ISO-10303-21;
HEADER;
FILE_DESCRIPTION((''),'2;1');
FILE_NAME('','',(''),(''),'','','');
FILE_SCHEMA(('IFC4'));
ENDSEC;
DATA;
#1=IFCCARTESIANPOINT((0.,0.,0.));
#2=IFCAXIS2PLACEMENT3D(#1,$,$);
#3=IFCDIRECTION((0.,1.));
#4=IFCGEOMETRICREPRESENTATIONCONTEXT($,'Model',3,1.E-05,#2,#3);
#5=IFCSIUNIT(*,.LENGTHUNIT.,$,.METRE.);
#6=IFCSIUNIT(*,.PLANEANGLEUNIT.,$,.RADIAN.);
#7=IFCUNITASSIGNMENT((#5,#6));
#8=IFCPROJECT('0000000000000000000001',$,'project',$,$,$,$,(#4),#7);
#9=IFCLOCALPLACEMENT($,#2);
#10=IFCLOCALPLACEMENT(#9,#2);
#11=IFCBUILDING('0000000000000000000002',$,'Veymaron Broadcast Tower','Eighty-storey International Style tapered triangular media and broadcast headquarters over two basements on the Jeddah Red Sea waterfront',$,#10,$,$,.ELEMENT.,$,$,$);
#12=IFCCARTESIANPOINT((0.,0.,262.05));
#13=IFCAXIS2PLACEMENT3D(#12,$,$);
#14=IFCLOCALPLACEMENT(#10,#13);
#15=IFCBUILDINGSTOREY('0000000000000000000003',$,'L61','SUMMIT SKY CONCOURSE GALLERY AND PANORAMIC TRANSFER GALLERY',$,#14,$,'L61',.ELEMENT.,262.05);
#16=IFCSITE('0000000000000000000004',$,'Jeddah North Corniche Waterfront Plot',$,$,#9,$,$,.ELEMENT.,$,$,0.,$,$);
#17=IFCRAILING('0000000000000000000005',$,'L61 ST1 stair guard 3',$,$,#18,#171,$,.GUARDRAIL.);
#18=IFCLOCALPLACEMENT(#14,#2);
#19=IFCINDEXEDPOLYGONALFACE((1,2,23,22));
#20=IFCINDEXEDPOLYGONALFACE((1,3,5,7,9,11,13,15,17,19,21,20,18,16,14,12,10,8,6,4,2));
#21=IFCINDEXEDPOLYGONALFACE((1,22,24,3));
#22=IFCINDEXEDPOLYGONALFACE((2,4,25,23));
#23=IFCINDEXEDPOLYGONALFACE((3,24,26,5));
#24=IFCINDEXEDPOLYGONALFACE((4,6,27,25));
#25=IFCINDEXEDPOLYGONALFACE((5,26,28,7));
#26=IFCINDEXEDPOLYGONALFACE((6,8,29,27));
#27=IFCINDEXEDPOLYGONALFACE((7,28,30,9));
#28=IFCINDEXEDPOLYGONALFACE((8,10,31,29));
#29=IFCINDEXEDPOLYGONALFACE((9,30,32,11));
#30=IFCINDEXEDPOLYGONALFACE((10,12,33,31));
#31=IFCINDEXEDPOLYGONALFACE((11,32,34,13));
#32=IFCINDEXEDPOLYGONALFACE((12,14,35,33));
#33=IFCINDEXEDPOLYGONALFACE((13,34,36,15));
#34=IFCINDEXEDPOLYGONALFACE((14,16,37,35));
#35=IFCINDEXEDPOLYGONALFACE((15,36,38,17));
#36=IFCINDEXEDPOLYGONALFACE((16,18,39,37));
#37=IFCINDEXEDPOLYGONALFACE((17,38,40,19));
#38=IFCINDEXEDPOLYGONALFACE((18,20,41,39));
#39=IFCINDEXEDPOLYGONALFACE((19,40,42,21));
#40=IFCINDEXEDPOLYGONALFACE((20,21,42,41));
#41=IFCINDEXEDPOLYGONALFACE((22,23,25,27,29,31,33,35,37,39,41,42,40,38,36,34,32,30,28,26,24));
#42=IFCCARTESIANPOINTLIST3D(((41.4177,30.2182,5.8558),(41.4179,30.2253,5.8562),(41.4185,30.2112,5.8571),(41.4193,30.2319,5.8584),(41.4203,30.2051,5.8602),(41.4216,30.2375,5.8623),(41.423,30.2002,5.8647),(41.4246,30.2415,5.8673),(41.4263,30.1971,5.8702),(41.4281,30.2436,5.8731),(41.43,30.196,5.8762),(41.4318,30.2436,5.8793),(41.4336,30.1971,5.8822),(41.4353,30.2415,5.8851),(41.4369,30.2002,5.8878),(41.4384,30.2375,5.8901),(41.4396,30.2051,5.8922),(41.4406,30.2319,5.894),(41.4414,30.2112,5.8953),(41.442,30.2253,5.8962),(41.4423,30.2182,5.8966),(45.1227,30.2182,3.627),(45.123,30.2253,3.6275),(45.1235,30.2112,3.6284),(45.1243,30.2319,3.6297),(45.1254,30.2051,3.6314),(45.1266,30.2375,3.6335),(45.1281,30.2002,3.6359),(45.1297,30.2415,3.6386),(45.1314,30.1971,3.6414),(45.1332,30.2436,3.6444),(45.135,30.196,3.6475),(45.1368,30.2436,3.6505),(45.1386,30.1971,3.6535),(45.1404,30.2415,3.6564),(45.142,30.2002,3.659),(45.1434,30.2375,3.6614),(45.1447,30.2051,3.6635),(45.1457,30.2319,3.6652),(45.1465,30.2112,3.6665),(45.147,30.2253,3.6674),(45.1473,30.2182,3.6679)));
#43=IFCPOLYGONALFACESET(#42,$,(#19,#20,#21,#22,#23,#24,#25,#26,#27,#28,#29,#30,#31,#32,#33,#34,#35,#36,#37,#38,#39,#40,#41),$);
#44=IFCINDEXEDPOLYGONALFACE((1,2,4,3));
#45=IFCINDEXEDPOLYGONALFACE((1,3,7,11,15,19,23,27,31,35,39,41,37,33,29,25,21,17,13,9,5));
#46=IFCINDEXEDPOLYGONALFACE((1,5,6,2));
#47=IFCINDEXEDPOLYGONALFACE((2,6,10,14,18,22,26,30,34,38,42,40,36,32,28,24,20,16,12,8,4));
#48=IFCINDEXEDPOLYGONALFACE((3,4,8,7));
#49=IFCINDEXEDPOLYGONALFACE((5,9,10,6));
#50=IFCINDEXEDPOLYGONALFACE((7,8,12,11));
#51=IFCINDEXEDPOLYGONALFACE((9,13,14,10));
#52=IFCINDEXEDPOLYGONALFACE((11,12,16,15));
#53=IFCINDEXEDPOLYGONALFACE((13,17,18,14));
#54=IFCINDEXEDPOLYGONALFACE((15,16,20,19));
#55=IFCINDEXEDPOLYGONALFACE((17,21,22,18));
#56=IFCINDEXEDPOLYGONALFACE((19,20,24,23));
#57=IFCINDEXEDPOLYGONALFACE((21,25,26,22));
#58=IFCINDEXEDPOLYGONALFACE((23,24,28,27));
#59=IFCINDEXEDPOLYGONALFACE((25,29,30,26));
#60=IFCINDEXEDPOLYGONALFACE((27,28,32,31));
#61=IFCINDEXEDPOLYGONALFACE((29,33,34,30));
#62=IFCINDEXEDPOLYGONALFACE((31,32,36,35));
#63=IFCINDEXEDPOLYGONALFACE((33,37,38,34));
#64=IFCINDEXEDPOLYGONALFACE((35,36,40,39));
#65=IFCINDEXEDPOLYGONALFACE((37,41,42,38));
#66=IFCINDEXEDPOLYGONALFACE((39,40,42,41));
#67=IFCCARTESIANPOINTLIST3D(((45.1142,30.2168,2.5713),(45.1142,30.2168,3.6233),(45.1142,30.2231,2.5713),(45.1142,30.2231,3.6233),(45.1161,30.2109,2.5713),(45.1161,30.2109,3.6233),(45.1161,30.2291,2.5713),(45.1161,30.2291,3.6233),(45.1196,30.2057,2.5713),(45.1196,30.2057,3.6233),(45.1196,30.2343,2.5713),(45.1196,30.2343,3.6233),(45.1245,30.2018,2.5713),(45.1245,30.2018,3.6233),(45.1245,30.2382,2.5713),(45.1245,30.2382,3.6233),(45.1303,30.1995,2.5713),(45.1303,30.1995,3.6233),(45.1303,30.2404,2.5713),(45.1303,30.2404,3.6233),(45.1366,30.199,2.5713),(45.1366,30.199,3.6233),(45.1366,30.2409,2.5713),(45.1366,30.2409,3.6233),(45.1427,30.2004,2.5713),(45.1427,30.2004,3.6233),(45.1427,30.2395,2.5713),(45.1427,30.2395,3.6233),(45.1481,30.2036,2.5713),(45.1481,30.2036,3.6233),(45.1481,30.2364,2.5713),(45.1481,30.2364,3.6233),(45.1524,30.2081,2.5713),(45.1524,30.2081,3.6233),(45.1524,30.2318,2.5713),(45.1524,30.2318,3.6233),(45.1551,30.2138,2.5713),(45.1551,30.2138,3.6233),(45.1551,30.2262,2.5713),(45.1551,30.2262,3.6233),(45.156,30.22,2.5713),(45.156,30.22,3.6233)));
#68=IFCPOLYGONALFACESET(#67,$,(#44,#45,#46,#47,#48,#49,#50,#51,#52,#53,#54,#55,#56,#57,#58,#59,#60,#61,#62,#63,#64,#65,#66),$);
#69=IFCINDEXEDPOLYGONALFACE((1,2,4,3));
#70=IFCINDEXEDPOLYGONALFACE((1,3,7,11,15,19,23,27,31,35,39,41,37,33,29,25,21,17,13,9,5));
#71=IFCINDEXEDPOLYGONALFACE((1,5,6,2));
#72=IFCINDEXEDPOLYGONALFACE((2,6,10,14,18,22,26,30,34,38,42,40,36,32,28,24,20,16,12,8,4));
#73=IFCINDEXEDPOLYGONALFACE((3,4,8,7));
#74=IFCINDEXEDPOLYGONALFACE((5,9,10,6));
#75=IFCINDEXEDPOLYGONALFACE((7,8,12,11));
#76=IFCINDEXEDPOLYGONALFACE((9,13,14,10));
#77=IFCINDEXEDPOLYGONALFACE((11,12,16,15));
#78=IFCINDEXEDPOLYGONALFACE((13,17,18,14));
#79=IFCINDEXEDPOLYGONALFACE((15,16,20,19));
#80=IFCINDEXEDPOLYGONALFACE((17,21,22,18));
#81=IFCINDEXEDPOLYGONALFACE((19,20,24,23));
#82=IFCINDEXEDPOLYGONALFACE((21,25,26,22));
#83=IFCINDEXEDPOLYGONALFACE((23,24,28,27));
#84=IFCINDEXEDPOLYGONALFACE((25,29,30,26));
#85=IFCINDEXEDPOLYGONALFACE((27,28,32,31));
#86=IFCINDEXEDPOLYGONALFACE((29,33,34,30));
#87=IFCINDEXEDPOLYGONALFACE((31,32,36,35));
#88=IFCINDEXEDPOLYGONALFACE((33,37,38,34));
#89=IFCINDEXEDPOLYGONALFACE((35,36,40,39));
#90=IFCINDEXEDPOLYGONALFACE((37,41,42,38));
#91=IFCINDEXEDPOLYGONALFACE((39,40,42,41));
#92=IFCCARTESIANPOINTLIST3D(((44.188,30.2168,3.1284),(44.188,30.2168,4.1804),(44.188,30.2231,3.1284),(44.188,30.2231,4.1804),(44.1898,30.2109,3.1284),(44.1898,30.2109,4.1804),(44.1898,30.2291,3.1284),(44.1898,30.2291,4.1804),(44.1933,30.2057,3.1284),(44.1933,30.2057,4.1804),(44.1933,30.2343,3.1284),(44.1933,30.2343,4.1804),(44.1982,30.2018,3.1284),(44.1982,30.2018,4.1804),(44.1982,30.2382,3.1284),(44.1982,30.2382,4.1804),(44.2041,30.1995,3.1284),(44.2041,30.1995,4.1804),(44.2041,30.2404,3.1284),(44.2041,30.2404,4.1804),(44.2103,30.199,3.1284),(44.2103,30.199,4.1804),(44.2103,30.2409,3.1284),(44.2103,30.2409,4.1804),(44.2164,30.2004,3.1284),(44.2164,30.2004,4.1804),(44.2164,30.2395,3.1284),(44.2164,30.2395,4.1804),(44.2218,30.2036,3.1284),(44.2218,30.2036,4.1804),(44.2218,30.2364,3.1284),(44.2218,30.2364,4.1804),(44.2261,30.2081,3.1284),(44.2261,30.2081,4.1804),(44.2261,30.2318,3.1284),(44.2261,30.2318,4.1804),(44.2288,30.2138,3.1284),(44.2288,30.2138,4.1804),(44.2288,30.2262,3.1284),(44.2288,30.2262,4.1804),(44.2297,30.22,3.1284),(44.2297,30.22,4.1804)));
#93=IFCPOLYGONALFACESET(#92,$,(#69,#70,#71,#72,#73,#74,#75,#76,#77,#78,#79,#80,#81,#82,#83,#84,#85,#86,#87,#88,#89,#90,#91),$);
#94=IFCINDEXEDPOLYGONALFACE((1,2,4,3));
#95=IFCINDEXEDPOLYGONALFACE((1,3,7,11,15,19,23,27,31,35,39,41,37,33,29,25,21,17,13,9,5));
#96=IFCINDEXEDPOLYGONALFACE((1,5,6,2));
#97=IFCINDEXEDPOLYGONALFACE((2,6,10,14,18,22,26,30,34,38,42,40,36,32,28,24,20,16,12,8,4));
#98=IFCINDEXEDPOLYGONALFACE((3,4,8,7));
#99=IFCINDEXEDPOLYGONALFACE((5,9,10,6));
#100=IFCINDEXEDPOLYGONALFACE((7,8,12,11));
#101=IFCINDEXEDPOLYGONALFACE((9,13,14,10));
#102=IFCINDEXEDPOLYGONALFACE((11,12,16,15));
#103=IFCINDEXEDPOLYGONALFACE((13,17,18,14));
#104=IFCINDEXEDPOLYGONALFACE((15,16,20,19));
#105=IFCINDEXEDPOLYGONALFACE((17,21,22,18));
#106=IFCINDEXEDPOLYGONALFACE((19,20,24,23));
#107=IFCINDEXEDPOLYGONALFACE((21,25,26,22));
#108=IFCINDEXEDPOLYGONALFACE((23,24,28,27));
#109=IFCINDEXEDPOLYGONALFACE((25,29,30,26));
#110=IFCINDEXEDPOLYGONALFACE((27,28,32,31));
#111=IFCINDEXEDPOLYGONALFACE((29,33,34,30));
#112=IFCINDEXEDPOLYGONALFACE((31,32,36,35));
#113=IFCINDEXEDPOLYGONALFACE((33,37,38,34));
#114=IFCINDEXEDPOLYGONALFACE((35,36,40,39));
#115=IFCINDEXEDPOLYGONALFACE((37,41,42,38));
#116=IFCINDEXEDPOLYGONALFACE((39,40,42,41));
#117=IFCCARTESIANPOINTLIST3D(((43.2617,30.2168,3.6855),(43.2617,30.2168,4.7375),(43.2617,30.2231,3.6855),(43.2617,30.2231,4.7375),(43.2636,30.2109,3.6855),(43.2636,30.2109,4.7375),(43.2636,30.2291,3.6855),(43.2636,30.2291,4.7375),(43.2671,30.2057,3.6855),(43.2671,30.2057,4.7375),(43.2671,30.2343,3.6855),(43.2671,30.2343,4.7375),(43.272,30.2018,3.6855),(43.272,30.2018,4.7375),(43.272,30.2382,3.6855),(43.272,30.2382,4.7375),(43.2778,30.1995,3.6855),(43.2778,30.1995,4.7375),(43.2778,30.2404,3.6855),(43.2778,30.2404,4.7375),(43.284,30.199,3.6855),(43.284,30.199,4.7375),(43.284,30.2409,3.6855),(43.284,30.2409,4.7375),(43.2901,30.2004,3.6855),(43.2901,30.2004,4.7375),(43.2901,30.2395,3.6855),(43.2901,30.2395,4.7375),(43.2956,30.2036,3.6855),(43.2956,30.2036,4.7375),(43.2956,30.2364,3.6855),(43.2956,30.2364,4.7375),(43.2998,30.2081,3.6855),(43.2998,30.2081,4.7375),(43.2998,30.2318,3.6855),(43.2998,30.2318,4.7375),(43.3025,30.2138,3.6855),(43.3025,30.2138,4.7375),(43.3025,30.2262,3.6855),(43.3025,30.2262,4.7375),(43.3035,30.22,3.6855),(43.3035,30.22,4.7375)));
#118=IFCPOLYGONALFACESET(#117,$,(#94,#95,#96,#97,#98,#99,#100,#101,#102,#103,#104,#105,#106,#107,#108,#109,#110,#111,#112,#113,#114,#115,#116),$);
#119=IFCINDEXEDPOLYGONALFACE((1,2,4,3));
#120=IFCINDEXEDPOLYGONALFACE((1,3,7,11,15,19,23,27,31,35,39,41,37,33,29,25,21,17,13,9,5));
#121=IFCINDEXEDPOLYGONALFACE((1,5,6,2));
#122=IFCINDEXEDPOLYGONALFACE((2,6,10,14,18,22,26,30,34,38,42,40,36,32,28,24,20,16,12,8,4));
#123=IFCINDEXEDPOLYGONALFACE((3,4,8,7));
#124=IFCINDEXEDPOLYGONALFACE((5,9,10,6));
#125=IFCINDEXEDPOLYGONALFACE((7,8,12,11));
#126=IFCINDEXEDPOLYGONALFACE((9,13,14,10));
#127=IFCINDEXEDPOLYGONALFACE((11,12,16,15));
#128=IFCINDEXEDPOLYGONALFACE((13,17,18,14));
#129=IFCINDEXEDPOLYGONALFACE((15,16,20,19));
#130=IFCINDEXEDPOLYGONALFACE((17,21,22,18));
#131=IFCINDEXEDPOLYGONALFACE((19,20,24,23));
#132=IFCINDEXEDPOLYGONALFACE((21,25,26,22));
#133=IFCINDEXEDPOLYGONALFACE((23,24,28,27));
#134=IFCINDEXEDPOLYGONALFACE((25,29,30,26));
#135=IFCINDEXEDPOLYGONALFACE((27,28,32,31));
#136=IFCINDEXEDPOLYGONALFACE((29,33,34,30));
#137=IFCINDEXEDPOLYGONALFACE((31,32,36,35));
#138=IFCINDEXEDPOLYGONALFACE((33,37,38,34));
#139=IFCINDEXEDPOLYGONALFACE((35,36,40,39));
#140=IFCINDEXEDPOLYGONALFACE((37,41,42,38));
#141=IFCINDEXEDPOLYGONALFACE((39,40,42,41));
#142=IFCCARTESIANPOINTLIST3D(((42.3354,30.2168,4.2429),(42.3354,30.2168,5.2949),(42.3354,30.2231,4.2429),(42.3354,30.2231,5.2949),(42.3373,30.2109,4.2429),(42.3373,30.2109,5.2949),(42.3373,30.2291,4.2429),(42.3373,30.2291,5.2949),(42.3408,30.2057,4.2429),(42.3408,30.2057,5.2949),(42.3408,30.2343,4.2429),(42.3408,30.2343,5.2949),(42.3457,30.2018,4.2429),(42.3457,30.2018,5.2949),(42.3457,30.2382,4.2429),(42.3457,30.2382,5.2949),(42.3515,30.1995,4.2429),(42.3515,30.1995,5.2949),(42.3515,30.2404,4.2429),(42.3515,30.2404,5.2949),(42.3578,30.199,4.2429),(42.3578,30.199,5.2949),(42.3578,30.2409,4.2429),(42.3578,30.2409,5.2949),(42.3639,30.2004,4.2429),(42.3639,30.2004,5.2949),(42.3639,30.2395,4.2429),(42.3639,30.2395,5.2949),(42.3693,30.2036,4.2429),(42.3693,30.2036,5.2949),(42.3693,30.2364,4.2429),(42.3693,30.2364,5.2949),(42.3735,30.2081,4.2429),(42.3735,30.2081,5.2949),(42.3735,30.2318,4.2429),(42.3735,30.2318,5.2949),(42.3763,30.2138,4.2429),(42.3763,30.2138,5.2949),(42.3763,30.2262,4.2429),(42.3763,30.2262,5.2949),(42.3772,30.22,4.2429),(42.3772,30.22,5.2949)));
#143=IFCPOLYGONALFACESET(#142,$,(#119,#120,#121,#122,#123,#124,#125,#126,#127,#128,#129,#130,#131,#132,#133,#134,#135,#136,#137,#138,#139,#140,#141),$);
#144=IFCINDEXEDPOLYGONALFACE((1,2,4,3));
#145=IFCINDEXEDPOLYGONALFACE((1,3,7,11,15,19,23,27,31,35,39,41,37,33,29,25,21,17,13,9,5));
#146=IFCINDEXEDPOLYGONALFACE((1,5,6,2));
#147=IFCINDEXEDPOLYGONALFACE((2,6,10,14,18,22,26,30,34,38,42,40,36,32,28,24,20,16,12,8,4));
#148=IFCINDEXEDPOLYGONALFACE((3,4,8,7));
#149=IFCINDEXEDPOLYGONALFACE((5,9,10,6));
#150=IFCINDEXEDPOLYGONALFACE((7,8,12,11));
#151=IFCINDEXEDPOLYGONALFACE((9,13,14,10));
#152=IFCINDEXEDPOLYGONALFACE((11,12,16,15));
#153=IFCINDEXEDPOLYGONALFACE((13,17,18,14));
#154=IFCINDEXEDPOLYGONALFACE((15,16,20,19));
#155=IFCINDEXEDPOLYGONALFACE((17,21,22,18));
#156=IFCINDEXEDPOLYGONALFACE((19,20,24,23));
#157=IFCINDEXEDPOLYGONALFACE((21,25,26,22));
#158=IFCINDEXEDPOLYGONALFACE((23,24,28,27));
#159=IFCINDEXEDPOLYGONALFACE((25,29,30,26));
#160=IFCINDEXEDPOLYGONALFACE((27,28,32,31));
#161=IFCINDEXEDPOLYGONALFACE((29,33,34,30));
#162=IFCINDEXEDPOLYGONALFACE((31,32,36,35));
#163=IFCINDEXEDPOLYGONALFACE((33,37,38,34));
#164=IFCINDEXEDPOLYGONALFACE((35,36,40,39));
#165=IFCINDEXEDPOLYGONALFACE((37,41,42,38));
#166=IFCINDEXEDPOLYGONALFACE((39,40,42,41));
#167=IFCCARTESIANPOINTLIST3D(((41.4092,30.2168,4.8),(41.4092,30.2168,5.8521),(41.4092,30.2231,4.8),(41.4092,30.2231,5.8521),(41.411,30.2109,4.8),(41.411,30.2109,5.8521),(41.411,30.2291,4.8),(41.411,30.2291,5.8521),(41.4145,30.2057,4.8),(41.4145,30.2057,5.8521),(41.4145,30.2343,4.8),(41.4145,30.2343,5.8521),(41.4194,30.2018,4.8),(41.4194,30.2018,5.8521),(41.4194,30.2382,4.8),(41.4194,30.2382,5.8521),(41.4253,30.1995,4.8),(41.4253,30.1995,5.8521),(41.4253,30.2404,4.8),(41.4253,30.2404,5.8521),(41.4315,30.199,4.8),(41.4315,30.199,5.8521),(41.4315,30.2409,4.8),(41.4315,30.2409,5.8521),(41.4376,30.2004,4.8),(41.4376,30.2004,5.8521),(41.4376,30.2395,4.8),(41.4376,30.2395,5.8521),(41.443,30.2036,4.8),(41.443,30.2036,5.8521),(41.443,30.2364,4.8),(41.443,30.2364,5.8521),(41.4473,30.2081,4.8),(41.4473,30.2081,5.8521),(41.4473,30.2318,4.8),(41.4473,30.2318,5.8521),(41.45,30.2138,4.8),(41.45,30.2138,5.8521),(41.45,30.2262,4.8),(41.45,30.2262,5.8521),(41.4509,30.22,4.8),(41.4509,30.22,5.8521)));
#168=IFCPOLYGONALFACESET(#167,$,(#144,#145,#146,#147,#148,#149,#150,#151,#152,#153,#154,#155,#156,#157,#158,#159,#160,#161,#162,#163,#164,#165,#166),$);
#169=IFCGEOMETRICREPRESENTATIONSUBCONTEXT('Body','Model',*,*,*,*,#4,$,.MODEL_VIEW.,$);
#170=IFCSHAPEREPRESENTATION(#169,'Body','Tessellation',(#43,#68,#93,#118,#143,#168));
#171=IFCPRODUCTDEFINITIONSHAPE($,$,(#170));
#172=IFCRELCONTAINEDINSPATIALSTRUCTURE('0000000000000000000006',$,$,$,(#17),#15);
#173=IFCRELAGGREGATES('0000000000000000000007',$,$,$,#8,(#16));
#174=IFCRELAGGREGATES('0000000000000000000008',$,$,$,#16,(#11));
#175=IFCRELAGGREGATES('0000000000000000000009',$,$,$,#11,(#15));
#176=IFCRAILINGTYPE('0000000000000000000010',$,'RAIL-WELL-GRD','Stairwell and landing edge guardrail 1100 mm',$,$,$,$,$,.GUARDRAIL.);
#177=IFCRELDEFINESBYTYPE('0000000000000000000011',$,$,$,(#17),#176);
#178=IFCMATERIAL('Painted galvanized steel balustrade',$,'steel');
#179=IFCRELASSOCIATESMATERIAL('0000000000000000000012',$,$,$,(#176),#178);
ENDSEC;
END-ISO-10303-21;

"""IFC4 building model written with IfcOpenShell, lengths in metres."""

from ifc_helpers import new_model, si_unit, direction, frame, origin, origin_2d, place, context, subcontext, project, spatial, circle, extrude, material, type_object, element, save


model = new_model("IFC4")

# Units and contexts
model_context = context("Model", 3, precision=1e-05, world=origin(), true_north=direction((0.0, 1.0)))
body_context = subcontext(model_context, "Body", "Model", "MODEL_VIEW")
ifc_project = project(units=[si_unit("LENGTHUNIT", "METRE"), si_unit("PLANEANGLEUNIT", "RADIAN")], contexts=[model_context])

# Site, building, storey
site_placement = place(None, origin())
site = spatial("IfcSite", under=ifc_project, at=site_placement, Name="Jeddah North Corniche Waterfront Plot", CompositionType="ELEMENT", RefElevation=0.0)
building_placement = place(site_placement, origin())
building = spatial("IfcBuilding", under=site, at=building_placement, Name="Veymaron Broadcast Tower", Description="Eighty-storey International Style tapered triangular media and broadcast headquarters over two basements on the Jeddah Red Sea waterfront", CompositionType="ELEMENT")
storey_placement = place(building_placement, frame((0.0, 0.0, 262.05)))
storey = spatial("IfcBuildingStorey", under=building, at=storey_placement, Name="L61", Description="SUMMIT SKY CONCOURSE GALLERY AND PANORAMIC TRANSFER GALLERY", LongName="L61", CompositionType="ELEMENT", Elevation=262.05)

# Railing
ifc_material_1 = material(Name="Painted galvanized steel balustrade", Category="steel")
railing_type_1 = type_object("IfcRailingType", Name="RAIL-WELL-GRD", Description="Stairwell and landing edge guardrail 1100 mm", PredefinedType="GUARDRAIL", material=ifc_material_1)
railing_1_placement = place(storey_placement, frame((45.135, 30.22, 2.5713)))
element("IfcRailing", 1, at=railing_1_placement, inside=storey, type_object=railing_type_1, Name="L61 ST1 stair guard 3", PredefinedType="GUARDRAIL", context=body_context, shape_type="SweptSolid", body=[
    extrude(circle(Radius=0.0239, at=origin_2d()), frame((0.0, 0.0, 1.0762), z_axis=(-0.856909, 0.0, 0.515467), x_axis=(0.0, -1.0, 0.0)), (0.0, 0.0, 1.0), 4.3237),
    extrude(circle(Radius=0.021, at=origin_2d()), origin(), (0.0, 0.0, 1.0), 1.052),
    extrude(circle(Radius=0.021, at=origin_2d()), frame((-0.9263, 0.0, 0.5571)), (0.0, 0.0, 1.0), 1.052),
    extrude(circle(Radius=0.021, at=origin_2d()), frame((-1.8525, 0.0, 1.1143)), (0.0, 0.0, 1.0), 1.052),
    extrude(circle(Radius=0.021, at=origin_2d()), frame((-2.7788, 0.0, 1.6716)), (0.0, 0.0, 1.0), 1.052),
    extrude(circle(Radius=0.021, at=origin_2d()), frame((-3.7051, 0.0, 2.2288)), (0.0, 0.0, 1.0), 1.052),
])

save(model, "model.ifc")
